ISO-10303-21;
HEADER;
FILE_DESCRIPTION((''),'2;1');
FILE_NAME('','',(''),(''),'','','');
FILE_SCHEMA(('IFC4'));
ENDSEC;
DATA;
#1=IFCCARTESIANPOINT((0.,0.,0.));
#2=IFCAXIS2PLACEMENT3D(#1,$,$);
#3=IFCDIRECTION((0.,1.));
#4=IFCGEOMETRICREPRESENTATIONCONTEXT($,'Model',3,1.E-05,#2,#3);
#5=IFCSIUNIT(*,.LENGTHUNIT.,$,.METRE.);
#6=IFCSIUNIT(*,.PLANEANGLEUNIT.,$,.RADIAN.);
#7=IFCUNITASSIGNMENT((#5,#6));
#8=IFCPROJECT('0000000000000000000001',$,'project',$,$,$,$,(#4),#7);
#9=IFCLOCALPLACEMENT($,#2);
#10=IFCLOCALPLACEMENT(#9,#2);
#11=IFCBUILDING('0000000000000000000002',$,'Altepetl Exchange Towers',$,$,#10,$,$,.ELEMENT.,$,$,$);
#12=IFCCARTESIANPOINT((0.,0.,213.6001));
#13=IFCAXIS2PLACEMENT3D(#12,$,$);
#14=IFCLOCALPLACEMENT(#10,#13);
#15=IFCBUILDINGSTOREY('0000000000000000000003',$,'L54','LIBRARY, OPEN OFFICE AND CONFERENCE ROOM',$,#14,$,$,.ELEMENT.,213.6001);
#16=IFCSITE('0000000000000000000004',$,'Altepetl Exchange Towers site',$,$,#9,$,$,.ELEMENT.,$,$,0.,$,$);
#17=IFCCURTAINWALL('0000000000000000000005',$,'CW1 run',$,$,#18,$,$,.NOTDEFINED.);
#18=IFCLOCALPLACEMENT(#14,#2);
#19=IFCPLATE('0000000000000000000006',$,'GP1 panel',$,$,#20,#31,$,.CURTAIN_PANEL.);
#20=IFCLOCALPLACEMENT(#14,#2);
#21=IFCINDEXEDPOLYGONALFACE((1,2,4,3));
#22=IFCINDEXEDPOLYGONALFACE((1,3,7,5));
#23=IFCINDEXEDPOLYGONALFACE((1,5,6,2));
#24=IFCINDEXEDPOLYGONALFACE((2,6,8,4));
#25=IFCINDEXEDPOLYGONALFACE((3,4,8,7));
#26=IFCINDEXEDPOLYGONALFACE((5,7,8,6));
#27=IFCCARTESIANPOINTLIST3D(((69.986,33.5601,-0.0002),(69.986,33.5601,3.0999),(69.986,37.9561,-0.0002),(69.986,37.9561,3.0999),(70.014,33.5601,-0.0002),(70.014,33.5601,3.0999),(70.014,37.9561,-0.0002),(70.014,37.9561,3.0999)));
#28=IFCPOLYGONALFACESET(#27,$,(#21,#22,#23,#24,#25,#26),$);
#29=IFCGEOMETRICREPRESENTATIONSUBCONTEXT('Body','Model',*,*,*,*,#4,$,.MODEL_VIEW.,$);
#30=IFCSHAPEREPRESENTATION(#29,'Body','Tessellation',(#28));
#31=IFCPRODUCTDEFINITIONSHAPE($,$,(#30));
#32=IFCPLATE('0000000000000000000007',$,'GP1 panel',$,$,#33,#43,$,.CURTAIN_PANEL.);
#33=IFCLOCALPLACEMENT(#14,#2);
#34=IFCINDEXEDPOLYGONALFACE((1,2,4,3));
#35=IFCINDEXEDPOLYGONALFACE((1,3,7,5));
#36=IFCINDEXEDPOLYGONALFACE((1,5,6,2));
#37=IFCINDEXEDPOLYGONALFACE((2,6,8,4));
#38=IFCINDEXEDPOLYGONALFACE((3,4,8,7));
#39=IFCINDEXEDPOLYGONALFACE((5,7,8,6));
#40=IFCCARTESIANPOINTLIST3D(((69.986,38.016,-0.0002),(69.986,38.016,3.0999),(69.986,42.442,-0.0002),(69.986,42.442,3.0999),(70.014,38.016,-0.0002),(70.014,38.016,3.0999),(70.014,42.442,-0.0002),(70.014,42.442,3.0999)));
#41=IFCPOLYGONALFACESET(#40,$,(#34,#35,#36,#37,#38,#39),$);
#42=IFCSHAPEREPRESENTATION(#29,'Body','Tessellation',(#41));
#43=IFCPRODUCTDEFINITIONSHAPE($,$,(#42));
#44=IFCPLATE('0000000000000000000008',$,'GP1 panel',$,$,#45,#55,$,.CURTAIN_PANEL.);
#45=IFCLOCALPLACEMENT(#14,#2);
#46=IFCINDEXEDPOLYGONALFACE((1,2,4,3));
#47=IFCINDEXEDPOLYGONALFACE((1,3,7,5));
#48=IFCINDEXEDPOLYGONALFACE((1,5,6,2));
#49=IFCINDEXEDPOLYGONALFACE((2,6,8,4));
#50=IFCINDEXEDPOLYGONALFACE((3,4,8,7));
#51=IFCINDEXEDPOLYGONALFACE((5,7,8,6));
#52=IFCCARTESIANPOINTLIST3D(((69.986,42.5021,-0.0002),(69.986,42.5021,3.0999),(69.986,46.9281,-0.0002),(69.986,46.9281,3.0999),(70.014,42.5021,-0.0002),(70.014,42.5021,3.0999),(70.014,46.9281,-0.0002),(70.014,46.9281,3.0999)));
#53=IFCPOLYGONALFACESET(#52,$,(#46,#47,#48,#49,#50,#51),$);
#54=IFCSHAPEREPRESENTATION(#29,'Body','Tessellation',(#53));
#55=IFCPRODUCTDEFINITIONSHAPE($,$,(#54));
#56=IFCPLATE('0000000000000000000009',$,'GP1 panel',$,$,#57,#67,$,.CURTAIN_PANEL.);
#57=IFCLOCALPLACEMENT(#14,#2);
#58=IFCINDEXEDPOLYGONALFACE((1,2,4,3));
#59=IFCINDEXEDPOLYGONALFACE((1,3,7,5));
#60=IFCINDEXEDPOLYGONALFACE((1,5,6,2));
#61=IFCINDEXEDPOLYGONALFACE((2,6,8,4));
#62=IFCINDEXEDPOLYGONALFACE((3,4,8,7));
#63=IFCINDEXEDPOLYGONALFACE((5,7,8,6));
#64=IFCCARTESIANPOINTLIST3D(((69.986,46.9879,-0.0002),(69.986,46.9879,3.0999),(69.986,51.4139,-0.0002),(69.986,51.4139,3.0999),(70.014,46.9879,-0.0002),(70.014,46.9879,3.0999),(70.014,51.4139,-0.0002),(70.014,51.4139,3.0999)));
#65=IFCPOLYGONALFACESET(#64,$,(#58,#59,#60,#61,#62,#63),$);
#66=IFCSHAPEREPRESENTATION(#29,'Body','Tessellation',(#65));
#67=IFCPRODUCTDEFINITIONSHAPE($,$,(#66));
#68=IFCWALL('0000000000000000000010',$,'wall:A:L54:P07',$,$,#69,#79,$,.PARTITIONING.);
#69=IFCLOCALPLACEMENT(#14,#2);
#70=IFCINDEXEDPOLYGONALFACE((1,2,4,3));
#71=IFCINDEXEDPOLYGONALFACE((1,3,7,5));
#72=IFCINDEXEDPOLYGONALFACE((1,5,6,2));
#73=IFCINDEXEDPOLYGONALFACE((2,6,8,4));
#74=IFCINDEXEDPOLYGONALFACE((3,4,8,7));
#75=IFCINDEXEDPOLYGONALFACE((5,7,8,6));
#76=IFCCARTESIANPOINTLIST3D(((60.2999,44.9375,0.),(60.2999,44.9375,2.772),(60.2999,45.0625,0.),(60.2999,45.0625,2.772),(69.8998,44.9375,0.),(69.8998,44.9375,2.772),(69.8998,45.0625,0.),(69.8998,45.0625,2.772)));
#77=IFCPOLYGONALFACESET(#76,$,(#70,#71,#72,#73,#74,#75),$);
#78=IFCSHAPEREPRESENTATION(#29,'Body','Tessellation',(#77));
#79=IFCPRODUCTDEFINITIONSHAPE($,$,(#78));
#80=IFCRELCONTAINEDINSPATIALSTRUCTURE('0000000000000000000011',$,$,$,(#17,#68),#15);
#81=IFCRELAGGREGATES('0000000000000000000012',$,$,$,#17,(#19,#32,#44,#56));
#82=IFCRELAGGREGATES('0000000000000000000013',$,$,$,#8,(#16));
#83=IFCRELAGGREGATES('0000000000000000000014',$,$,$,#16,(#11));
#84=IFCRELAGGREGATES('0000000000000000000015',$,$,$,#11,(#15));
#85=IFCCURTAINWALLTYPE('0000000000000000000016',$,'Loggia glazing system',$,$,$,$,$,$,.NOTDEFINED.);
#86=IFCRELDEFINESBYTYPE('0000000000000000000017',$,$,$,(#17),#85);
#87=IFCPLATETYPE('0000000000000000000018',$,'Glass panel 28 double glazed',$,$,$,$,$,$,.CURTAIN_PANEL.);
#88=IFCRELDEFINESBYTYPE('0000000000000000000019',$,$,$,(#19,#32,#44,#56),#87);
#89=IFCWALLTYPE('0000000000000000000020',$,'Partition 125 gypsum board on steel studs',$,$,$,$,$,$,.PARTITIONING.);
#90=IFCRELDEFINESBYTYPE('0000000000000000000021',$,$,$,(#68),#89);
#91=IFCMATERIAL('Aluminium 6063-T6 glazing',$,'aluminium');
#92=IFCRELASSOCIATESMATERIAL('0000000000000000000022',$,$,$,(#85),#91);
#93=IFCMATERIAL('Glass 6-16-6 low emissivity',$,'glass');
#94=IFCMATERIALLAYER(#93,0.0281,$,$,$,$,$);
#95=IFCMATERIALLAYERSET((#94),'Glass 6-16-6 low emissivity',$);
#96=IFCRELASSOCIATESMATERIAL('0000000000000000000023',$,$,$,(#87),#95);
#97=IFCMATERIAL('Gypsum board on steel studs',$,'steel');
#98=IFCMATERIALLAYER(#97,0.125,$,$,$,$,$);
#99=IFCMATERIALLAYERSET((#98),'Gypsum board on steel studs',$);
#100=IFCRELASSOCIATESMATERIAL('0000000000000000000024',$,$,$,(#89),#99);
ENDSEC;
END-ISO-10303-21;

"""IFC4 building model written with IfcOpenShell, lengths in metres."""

from ifc_helpers import new_model, si_unit, direction, frame, frame_2d, origin, origin_2d, place, context, subcontext, project, spatial, rectangle, extrude, material, layer, layer_set, type_object, element, aggregate, save


model = new_model("IFC4")

# Units and contexts
model_context = context("Model", 3, precision=1e-05, world=origin(), true_north=direction((0.0, 1.0)))
body_context = subcontext(model_context, "Body", "Model", "MODEL_VIEW")
ifc_project = project(units=[si_unit("LENGTHUNIT", "METRE"), si_unit("PLANEANGLEUNIT", "RADIAN")], contexts=[model_context])

# Site, building, storey
site_placement = place(None, origin())
site = spatial("IfcSite", under=ifc_project, at=site_placement, Name="Altepetl Exchange Towers site", CompositionType="ELEMENT", RefElevation=0.0)
building_placement = place(site_placement, origin())
building = spatial("IfcBuilding", under=site, at=building_placement, Name="Altepetl Exchange Towers", CompositionType="ELEMENT")
storey_placement = place(building_placement, frame((0.0, 0.0, 213.6001)))
storey = spatial("IfcBuildingStorey", under=building, at=storey_placement, Name="L54", Description="LIBRARY, OPEN OFFICE AND CONFERENCE ROOM", CompositionType="ELEMENT", Elevation=213.6001)

# Curtain wall
ifc_material_1 = material(Name="Aluminium 6063-T6 glazing", Category="aluminium")
curtain_wall_type = type_object("IfcCurtainWallType", Name="Loggia glazing system", PredefinedType="NOTDEFINED", material=ifc_material_1)
curtain_wall_1_placement = place(storey_placement, origin())
curtain_wall_1 = element("IfcCurtainWall", 1, at=curtain_wall_1_placement, inside=storey, type_object=curtain_wall_type, Name="CW1 run", PredefinedType="NOTDEFINED")

# Plates
ifc_material_2 = material(Name="Glass 6-16-6 low emissivity", Category="glass")
ifc_layer_1 = layer(ifc_material_2, 0.0281)
ifc_layer_set_1 = layer_set([ifc_layer_1], Name="Glass 6-16-6 low emissivity")
plate_type = type_object("IfcPlateType", Name="Glass panel 28 double glazed", PredefinedType="CURTAIN_PANEL", material=ifc_layer_set_1)
plate_1_placement = place(storey_placement, frame((70.0, 35.7581, -0.0002), z_axis=(0.0, 0.0, 1.0), x_axis=(0.0, 1.0, 0.0)))
plate_1 = element("IfcPlate", 2, at=plate_1_placement, type_object=plate_type, Name="GP1 panel", PredefinedType="CURTAIN_PANEL", context=body_context, shape_type="SweptSolid", body=[
    extrude(rectangle(XDim=4.396, YDim=0.0281, at=origin_2d()), origin(), (0.0, 0.0, 1.0), 3.1001),
])
plate_2_placement = place(storey_placement, frame((70.0, 40.229, -0.0002), z_axis=(0.0, 0.0, 1.0), x_axis=(0.0, 1.0, 0.0)))
plate_2 = element("IfcPlate", 3, at=plate_2_placement, type_object=plate_type, Name="GP1 panel", PredefinedType="CURTAIN_PANEL", context=body_context, shape_type="SweptSolid", body=[
    extrude(rectangle(XDim=4.426, YDim=0.0281, at=origin_2d()), origin(), (0.0, 0.0, 1.0), 3.1001),
])
plate_3_placement = place(storey_placement, frame((70.0, 44.7151, -0.0002), z_axis=(0.0, 0.0, 1.0), x_axis=(0.0, 1.0, 0.0)))
plate_3 = element("IfcPlate", 4, at=plate_3_placement, type_object=plate_type, Name="GP1 panel", PredefinedType="CURTAIN_PANEL", context=body_context, shape_type="SweptSolid", body=[
    extrude(rectangle(XDim=4.426, YDim=0.0281, at=origin_2d()), origin(), (0.0, 0.0, 1.0), 3.1001),
])
plate_4_placement = place(storey_placement, frame((70.0, 49.2009, -0.0002), z_axis=(0.0, 0.0, 1.0), x_axis=(0.0, 1.0, 0.0)))
plate_4 = element("IfcPlate", 5, at=plate_4_placement, type_object=plate_type, Name="GP1 panel", PredefinedType="CURTAIN_PANEL", context=body_context, shape_type="SweptSolid", body=[
    extrude(rectangle(XDim=4.426, YDim=0.0281, at=origin_2d()), origin(), (0.0, 0.0, 1.0), 3.1001),
])
aggregate(curtain_wall_1, [plate_1, plate_2, plate_3, plate_4])

# Wall
ifc_material_3 = material(Name="Gypsum board on steel studs", Category="steel")
ifc_layer_2 = layer(ifc_material_3, 0.125)
ifc_layer_set_2 = layer_set([ifc_layer_2], Name="Gypsum board on steel studs")
wall_type = type_object("IfcWallType", Name="Partition 125 gypsum board on steel studs", PredefinedType="PARTITIONING", material=ifc_layer_set_2)
wall_placement = place(storey_placement, frame((60.3, 45.0, 0.0)))
element("IfcWall", 6, at=wall_placement, inside=storey, type_object=wall_type, Name="wall:A:L54:P07", PredefinedType="PARTITIONING", context=body_context, shape_type="SweptSolid", body=[
    extrude(rectangle(XDim=9.5999, YDim=0.125, at=frame_2d((4.7998, 0.0))), origin(), (0.0, 0.0, 1.0), 2.772),
])

save(model, "model.ifc")
